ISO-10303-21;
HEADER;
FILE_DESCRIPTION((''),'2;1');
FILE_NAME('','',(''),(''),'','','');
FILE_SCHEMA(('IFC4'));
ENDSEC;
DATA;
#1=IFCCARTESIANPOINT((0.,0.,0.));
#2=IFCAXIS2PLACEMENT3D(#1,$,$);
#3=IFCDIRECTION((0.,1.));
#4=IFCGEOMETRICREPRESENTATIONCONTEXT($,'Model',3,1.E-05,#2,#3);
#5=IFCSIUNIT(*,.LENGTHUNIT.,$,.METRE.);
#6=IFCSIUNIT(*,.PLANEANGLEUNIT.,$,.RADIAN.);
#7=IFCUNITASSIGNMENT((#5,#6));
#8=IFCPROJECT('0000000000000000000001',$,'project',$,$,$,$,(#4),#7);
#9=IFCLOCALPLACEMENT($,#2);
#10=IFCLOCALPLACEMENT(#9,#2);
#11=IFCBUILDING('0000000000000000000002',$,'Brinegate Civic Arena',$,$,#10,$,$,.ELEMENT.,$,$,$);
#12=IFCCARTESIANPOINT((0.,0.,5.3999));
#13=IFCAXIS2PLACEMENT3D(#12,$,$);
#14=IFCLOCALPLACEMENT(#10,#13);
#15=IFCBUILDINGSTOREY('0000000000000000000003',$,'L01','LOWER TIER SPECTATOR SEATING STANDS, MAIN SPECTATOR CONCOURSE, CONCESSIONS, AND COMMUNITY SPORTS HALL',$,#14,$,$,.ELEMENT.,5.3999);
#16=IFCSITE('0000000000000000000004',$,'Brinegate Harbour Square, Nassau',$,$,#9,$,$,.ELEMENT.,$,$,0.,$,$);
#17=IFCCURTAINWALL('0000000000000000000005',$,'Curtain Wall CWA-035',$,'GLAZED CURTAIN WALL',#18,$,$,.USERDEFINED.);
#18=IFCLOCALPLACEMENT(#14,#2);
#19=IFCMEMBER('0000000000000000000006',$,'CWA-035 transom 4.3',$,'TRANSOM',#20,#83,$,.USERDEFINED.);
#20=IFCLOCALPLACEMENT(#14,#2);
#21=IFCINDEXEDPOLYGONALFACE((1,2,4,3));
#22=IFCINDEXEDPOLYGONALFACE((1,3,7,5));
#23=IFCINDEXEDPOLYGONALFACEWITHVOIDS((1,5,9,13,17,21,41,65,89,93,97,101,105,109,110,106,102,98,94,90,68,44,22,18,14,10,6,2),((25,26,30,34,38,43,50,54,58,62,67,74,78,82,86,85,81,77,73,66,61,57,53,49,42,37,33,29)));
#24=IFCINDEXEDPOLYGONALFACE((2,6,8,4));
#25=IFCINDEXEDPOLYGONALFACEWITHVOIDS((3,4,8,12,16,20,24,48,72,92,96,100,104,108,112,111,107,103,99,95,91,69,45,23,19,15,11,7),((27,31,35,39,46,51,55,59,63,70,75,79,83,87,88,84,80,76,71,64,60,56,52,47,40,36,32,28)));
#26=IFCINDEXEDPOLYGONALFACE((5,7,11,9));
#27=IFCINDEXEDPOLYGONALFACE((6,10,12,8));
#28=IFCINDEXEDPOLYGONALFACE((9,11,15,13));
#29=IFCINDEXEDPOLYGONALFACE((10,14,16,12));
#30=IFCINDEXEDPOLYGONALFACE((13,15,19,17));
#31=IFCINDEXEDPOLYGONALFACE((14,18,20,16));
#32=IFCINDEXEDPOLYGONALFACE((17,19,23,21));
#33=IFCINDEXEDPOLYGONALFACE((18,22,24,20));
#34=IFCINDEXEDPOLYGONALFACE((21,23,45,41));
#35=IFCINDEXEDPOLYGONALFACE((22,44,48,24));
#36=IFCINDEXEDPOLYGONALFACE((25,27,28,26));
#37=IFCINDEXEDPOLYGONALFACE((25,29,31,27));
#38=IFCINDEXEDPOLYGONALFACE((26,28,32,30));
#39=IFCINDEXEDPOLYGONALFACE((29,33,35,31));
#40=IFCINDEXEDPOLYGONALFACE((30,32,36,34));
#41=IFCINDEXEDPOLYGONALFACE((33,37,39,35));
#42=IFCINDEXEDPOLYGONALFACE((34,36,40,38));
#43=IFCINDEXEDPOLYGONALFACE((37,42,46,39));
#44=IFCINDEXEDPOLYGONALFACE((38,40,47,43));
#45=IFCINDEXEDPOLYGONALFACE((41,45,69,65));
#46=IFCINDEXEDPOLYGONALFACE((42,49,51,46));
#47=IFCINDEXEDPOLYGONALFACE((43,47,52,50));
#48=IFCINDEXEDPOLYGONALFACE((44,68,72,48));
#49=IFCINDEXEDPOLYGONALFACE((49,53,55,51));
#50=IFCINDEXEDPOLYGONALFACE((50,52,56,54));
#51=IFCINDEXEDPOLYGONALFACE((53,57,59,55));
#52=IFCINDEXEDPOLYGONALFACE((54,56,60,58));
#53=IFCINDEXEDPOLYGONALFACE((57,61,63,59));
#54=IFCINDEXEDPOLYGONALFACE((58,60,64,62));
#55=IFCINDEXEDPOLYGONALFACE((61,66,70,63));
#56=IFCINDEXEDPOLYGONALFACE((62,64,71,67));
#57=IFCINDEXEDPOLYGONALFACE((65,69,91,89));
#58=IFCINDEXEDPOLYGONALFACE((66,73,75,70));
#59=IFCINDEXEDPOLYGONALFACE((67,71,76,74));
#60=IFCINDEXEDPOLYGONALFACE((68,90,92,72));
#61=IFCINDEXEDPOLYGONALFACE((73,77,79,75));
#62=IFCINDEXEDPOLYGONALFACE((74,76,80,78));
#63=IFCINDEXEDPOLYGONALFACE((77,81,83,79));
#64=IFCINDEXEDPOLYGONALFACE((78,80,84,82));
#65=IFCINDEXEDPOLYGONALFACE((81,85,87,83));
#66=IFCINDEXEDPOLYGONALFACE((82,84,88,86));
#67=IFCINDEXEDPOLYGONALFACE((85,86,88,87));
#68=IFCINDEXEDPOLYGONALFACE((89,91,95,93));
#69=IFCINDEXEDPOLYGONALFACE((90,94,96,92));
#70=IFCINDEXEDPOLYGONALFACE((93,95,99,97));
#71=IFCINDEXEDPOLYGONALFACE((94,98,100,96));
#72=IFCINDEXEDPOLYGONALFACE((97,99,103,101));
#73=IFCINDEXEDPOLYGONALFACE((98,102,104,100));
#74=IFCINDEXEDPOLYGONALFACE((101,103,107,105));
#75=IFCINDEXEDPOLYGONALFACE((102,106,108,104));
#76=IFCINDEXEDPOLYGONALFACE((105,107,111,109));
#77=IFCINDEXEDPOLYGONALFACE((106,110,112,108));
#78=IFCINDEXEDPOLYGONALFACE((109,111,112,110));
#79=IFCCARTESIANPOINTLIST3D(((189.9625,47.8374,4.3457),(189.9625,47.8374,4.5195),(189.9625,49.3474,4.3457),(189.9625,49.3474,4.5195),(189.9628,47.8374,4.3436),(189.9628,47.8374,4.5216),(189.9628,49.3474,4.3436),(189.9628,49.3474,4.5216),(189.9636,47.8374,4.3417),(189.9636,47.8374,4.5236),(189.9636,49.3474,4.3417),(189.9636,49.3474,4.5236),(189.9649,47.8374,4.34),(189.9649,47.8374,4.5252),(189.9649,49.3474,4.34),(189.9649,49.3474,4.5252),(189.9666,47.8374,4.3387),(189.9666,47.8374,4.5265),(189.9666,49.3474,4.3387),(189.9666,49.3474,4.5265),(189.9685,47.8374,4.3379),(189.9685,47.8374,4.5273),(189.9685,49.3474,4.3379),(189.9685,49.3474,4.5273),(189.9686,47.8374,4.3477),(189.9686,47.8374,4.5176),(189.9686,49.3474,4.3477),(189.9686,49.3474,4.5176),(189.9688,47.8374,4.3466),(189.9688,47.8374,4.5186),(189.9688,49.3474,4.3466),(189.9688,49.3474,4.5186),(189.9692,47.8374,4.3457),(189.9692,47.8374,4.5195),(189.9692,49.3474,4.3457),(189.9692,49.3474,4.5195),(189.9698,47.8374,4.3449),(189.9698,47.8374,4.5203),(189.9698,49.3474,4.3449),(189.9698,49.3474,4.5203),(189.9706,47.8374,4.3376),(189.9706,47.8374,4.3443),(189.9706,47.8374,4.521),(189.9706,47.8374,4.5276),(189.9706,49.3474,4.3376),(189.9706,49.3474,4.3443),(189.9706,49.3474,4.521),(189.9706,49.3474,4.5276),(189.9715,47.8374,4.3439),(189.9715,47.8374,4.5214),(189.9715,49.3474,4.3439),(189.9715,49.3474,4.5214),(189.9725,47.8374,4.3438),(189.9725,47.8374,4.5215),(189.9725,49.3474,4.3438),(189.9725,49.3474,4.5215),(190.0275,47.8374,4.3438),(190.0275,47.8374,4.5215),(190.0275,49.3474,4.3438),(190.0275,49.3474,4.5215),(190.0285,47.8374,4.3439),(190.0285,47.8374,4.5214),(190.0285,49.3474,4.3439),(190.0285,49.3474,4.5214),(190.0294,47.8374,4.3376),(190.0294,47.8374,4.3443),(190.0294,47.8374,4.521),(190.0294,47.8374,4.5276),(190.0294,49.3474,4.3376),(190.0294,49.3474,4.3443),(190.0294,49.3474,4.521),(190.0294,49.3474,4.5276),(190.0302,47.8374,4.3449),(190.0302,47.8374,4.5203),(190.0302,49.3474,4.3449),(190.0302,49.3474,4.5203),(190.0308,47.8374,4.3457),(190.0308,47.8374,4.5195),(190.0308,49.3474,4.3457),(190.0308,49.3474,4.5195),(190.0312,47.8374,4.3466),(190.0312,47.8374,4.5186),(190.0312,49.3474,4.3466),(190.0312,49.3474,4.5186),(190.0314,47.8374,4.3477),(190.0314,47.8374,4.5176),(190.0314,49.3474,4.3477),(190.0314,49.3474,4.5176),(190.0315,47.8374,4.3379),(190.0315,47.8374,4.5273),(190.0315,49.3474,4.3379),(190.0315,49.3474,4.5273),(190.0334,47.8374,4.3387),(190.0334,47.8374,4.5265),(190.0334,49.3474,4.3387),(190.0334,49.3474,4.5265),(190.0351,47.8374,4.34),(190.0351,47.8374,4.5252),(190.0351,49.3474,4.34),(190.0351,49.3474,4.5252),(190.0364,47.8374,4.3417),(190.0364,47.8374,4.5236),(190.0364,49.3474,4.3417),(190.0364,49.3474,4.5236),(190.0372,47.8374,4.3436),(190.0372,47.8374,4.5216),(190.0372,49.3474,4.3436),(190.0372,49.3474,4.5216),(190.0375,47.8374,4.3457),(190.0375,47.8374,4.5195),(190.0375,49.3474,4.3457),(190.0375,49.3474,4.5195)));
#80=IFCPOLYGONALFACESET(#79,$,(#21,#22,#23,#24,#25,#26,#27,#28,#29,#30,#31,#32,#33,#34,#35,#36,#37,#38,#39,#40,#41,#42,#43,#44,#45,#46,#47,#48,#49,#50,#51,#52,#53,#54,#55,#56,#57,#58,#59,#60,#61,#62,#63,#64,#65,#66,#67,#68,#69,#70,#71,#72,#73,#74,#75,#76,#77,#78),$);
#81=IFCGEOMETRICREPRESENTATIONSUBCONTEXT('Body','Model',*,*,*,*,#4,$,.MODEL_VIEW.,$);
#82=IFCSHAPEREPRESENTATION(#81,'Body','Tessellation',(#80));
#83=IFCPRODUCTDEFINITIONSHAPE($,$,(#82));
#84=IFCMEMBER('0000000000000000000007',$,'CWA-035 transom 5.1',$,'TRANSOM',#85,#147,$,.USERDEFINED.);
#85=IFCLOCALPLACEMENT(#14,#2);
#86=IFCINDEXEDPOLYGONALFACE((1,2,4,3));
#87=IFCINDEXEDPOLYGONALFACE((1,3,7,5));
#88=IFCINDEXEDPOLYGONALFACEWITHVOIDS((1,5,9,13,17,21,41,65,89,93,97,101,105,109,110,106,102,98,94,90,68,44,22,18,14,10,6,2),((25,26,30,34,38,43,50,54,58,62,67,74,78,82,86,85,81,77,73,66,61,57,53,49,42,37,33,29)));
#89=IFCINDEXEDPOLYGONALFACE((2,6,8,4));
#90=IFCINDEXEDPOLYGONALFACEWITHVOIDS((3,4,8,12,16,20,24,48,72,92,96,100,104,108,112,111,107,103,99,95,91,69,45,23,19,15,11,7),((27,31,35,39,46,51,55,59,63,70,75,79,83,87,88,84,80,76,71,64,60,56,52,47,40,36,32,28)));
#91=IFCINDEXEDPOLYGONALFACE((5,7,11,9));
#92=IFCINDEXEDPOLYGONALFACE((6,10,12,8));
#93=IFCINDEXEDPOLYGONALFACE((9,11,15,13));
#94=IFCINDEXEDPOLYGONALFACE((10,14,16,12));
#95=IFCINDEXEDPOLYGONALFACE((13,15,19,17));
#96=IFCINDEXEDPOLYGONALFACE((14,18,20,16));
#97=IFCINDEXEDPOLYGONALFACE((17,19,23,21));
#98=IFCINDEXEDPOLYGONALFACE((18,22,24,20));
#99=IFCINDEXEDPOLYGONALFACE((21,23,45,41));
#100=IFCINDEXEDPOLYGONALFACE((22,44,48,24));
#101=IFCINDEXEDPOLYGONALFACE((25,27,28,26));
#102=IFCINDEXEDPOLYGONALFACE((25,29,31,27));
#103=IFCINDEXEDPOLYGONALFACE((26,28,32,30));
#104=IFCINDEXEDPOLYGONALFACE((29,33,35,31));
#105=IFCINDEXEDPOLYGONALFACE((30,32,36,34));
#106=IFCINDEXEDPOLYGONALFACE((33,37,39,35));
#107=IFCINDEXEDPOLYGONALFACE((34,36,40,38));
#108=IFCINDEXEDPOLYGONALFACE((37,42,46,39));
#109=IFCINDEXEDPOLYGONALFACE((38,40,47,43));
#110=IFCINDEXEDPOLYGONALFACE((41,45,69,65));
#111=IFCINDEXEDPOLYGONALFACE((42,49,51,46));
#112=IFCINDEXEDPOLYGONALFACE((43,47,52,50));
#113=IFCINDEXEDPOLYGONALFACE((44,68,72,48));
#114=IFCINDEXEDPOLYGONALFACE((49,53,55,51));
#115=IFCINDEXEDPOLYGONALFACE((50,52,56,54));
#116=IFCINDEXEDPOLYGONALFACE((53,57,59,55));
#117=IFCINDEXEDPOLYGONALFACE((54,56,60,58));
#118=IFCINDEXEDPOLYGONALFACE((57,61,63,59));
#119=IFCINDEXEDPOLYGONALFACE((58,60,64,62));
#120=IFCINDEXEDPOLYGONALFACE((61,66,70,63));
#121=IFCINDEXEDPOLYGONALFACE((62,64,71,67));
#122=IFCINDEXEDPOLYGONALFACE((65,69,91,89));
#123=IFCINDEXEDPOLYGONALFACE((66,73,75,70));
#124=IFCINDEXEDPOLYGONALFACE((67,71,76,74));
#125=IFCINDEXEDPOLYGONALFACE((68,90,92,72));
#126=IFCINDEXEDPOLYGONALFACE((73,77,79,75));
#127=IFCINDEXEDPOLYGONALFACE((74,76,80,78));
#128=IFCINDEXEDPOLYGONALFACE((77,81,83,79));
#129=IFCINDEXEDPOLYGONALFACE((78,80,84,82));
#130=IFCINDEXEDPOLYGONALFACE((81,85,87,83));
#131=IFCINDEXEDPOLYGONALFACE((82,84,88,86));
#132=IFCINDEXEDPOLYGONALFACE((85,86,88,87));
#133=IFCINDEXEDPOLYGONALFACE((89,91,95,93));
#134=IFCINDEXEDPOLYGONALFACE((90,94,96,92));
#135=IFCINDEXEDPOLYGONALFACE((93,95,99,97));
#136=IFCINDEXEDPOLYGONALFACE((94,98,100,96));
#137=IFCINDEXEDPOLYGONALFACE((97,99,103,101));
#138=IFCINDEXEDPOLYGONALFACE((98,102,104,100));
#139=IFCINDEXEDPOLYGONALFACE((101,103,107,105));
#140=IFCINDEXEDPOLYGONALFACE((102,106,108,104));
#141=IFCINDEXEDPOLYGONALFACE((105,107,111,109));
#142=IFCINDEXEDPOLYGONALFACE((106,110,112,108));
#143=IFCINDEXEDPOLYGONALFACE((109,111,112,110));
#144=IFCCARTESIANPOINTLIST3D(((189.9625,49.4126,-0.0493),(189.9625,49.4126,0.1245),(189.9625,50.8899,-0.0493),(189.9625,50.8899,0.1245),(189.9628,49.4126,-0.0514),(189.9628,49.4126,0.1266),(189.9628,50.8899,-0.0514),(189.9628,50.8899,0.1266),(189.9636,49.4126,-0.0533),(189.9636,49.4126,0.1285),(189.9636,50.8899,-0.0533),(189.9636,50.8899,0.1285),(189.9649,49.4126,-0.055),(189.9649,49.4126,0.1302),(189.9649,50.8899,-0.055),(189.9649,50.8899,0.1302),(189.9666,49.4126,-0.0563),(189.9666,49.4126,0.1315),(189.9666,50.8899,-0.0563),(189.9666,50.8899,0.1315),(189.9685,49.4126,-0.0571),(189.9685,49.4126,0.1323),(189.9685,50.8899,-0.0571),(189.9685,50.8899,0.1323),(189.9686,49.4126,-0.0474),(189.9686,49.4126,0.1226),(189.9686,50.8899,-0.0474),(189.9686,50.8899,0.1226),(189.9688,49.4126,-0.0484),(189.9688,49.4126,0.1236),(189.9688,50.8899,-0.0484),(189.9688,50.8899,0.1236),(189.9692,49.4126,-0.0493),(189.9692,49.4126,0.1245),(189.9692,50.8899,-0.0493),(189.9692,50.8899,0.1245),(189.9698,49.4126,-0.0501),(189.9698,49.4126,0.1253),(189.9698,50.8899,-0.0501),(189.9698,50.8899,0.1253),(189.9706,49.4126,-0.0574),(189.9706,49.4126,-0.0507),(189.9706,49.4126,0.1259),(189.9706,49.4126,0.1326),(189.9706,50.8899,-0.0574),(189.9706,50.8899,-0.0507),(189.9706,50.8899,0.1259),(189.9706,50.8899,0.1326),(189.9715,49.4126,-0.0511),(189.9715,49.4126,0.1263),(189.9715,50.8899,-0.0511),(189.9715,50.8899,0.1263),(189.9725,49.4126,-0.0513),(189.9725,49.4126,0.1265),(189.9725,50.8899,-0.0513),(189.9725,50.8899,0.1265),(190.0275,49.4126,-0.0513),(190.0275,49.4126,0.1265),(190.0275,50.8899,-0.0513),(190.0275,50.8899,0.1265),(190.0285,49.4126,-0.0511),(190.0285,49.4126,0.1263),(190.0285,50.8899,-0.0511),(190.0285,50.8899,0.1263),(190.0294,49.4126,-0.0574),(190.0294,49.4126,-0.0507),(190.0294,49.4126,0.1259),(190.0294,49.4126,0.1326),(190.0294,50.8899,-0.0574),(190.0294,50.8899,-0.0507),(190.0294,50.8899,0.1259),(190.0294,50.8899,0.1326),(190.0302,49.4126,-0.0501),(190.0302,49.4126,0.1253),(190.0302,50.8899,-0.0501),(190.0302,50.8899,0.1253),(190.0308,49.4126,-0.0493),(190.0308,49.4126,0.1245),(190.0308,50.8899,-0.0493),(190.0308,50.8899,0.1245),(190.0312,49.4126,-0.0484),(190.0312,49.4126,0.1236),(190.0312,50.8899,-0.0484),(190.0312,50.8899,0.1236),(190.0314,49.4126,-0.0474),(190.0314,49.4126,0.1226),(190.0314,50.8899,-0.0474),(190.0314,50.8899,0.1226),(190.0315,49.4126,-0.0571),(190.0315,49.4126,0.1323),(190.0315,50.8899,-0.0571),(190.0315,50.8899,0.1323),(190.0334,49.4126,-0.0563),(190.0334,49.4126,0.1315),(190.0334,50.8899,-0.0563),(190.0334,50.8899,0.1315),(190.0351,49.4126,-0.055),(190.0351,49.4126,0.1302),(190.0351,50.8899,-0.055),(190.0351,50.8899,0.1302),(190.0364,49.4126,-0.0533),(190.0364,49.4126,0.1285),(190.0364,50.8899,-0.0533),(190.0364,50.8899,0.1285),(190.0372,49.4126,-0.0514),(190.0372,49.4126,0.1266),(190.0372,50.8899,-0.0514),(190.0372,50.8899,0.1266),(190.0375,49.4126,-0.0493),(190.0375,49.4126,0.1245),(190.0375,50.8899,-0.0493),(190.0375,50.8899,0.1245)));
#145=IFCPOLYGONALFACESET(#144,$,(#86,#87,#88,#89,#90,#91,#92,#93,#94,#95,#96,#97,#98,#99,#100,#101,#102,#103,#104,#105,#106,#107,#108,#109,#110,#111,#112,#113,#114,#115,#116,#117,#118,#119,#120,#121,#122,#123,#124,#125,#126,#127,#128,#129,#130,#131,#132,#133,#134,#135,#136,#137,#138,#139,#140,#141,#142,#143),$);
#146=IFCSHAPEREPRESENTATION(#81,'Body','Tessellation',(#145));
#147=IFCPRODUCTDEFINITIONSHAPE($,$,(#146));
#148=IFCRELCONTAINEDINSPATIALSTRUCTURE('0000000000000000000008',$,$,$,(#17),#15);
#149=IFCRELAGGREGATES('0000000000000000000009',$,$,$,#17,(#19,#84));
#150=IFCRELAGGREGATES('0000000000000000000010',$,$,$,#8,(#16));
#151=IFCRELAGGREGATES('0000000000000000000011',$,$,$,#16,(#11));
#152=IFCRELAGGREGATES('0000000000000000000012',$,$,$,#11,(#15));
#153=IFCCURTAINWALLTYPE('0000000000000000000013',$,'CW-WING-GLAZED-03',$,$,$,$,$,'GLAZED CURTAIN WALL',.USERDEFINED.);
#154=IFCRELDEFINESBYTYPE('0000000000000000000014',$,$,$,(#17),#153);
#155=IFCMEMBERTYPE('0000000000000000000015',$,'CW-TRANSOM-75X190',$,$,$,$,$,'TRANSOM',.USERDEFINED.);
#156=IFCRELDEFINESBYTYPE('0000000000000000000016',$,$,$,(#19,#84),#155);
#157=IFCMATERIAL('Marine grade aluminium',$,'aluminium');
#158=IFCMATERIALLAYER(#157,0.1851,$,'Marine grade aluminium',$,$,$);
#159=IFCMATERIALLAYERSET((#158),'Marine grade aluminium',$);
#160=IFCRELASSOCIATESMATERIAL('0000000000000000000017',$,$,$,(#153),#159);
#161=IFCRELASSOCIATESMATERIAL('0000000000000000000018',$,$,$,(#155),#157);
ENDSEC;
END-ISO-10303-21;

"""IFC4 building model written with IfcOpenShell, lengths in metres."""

from ifc_helpers import new_model, si_unit, direction, frame, origin, origin_2d, place, context, subcontext, project, spatial, hollow_rectangle, extrude, material, layer, layer_set, material_profile, profile_set, type_object, element, aggregate, save


model = new_model("IFC4")

# Units and contexts
model_context = context("Model", 3, precision=1e-05, world=origin(), true_north=direction((0.0, 1.0)))
body_context = subcontext(model_context, "Body", "Model", "MODEL_VIEW")
ifc_project = project(units=[si_unit("LENGTHUNIT", "METRE"), si_unit("PLANEANGLEUNIT", "RADIAN")], contexts=[model_context])

# Site, building, storey
site_placement = place(None, origin())
site = spatial("IfcSite", under=ifc_project, at=site_placement, Name="Brinegate Harbour Square, Nassau", CompositionType="ELEMENT", RefElevation=0.0)
building_placement = place(site_placement, origin())
building = spatial("IfcBuilding", under=site, at=building_placement, Name="Brinegate Civic Arena", CompositionType="ELEMENT")
storey_placement = place(building_placement, frame((0.0, 0.0, 5.3999)))
storey = spatial("IfcBuildingStorey", under=building, at=storey_placement, Name="L01", Description="LOWER TIER SPECTATOR SEATING STANDS, MAIN SPECTATOR CONCOURSE, CONCESSIONS, AND COMMUNITY SPORTS HALL", CompositionType="ELEMENT", Elevation=5.3999)

# Curtain wall, members
ifc_material_1 = material(Name="Marine grade aluminium", Category="aluminium")
ifc_layer_1 = layer(ifc_material_1, 0.1851, Name="Marine grade aluminium")
ifc_layer_set_1 = layer_set([ifc_layer_1], Name="Marine grade aluminium")
curtain_wall_type = type_object("IfcCurtainWallType", Name="CW-WING-GLAZED-03", ElementType="GLAZED CURTAIN WALL", PredefinedType="USERDEFINED", material=ifc_layer_set_1)
curtain_wall_placement = place(storey_placement, origin())
curtain_wall = element("IfcCurtainWall", 1, at=curtain_wall_placement, inside=storey, type_object=curtain_wall_type, Name="Curtain Wall CWA-035", ObjectType="GLAZED CURTAIN WALL", PredefinedType="USERDEFINED")
ifc_material_profile_1 = material_profile(ifc_material_1, hollow_rectangle(XDim=0.075, YDim=0.1899, WallThickness=0.0061, InnerFilletRadius=0.0039, OuterFilletRadius=0.0081, at=origin_2d()), Name="TRN75X190")
ifc_profile_set_1 = profile_set([ifc_material_profile_1], Name="Marine grade aluminium")
member_type_1 = type_object("IfcMemberType", Name="CW-TRANSOM-75X190", ElementType="TRANSOM", PredefinedType="USERDEFINED", material=ifc_profile_set_1)
member_1_placement = place(storey_placement, frame((190.0, 47.8374, 4.4326), z_axis=(0.0, 1.0, 0.0), x_axis=(-1.0, 0.0, 0.0)))
member_1 = element("IfcMember", 2, at=member_1_placement, type_object=member_type_1, Name="CWA-035 transom 4.3", ObjectType="TRANSOM", PredefinedType="USERDEFINED", context=body_context, shape_type="SweptSolid", body=[
    extrude(hollow_rectangle(XDim=0.075, YDim=0.1899, WallThickness=0.0061, InnerFilletRadius=0.0039, OuterFilletRadius=0.0081, at=origin_2d()), origin(), (0.0, 0.0, 1.0), 1.51),
])
member_2_placement = place(storey_placement, frame((190.0, 49.4126, 0.0376), z_axis=(0.0, 1.0, 0.0), x_axis=(-1.0, 0.0, 0.0)))
member_2 = element("IfcMember", 3, at=member_2_placement, type_object=member_type_1, Name="CWA-035 transom 5.1", ObjectType="TRANSOM", PredefinedType="USERDEFINED", context=body_context, shape_type="SweptSolid", body=[
    extrude(hollow_rectangle(XDim=0.075, YDim=0.1899, WallThickness=0.0061, InnerFilletRadius=0.0039, OuterFilletRadius=0.0081, at=origin_2d()), origin(), (0.0, 0.0, 1.0), 1.4773),
])
aggregate(curtain_wall, [member_1, member_2])

save(model, "model.ifc")
